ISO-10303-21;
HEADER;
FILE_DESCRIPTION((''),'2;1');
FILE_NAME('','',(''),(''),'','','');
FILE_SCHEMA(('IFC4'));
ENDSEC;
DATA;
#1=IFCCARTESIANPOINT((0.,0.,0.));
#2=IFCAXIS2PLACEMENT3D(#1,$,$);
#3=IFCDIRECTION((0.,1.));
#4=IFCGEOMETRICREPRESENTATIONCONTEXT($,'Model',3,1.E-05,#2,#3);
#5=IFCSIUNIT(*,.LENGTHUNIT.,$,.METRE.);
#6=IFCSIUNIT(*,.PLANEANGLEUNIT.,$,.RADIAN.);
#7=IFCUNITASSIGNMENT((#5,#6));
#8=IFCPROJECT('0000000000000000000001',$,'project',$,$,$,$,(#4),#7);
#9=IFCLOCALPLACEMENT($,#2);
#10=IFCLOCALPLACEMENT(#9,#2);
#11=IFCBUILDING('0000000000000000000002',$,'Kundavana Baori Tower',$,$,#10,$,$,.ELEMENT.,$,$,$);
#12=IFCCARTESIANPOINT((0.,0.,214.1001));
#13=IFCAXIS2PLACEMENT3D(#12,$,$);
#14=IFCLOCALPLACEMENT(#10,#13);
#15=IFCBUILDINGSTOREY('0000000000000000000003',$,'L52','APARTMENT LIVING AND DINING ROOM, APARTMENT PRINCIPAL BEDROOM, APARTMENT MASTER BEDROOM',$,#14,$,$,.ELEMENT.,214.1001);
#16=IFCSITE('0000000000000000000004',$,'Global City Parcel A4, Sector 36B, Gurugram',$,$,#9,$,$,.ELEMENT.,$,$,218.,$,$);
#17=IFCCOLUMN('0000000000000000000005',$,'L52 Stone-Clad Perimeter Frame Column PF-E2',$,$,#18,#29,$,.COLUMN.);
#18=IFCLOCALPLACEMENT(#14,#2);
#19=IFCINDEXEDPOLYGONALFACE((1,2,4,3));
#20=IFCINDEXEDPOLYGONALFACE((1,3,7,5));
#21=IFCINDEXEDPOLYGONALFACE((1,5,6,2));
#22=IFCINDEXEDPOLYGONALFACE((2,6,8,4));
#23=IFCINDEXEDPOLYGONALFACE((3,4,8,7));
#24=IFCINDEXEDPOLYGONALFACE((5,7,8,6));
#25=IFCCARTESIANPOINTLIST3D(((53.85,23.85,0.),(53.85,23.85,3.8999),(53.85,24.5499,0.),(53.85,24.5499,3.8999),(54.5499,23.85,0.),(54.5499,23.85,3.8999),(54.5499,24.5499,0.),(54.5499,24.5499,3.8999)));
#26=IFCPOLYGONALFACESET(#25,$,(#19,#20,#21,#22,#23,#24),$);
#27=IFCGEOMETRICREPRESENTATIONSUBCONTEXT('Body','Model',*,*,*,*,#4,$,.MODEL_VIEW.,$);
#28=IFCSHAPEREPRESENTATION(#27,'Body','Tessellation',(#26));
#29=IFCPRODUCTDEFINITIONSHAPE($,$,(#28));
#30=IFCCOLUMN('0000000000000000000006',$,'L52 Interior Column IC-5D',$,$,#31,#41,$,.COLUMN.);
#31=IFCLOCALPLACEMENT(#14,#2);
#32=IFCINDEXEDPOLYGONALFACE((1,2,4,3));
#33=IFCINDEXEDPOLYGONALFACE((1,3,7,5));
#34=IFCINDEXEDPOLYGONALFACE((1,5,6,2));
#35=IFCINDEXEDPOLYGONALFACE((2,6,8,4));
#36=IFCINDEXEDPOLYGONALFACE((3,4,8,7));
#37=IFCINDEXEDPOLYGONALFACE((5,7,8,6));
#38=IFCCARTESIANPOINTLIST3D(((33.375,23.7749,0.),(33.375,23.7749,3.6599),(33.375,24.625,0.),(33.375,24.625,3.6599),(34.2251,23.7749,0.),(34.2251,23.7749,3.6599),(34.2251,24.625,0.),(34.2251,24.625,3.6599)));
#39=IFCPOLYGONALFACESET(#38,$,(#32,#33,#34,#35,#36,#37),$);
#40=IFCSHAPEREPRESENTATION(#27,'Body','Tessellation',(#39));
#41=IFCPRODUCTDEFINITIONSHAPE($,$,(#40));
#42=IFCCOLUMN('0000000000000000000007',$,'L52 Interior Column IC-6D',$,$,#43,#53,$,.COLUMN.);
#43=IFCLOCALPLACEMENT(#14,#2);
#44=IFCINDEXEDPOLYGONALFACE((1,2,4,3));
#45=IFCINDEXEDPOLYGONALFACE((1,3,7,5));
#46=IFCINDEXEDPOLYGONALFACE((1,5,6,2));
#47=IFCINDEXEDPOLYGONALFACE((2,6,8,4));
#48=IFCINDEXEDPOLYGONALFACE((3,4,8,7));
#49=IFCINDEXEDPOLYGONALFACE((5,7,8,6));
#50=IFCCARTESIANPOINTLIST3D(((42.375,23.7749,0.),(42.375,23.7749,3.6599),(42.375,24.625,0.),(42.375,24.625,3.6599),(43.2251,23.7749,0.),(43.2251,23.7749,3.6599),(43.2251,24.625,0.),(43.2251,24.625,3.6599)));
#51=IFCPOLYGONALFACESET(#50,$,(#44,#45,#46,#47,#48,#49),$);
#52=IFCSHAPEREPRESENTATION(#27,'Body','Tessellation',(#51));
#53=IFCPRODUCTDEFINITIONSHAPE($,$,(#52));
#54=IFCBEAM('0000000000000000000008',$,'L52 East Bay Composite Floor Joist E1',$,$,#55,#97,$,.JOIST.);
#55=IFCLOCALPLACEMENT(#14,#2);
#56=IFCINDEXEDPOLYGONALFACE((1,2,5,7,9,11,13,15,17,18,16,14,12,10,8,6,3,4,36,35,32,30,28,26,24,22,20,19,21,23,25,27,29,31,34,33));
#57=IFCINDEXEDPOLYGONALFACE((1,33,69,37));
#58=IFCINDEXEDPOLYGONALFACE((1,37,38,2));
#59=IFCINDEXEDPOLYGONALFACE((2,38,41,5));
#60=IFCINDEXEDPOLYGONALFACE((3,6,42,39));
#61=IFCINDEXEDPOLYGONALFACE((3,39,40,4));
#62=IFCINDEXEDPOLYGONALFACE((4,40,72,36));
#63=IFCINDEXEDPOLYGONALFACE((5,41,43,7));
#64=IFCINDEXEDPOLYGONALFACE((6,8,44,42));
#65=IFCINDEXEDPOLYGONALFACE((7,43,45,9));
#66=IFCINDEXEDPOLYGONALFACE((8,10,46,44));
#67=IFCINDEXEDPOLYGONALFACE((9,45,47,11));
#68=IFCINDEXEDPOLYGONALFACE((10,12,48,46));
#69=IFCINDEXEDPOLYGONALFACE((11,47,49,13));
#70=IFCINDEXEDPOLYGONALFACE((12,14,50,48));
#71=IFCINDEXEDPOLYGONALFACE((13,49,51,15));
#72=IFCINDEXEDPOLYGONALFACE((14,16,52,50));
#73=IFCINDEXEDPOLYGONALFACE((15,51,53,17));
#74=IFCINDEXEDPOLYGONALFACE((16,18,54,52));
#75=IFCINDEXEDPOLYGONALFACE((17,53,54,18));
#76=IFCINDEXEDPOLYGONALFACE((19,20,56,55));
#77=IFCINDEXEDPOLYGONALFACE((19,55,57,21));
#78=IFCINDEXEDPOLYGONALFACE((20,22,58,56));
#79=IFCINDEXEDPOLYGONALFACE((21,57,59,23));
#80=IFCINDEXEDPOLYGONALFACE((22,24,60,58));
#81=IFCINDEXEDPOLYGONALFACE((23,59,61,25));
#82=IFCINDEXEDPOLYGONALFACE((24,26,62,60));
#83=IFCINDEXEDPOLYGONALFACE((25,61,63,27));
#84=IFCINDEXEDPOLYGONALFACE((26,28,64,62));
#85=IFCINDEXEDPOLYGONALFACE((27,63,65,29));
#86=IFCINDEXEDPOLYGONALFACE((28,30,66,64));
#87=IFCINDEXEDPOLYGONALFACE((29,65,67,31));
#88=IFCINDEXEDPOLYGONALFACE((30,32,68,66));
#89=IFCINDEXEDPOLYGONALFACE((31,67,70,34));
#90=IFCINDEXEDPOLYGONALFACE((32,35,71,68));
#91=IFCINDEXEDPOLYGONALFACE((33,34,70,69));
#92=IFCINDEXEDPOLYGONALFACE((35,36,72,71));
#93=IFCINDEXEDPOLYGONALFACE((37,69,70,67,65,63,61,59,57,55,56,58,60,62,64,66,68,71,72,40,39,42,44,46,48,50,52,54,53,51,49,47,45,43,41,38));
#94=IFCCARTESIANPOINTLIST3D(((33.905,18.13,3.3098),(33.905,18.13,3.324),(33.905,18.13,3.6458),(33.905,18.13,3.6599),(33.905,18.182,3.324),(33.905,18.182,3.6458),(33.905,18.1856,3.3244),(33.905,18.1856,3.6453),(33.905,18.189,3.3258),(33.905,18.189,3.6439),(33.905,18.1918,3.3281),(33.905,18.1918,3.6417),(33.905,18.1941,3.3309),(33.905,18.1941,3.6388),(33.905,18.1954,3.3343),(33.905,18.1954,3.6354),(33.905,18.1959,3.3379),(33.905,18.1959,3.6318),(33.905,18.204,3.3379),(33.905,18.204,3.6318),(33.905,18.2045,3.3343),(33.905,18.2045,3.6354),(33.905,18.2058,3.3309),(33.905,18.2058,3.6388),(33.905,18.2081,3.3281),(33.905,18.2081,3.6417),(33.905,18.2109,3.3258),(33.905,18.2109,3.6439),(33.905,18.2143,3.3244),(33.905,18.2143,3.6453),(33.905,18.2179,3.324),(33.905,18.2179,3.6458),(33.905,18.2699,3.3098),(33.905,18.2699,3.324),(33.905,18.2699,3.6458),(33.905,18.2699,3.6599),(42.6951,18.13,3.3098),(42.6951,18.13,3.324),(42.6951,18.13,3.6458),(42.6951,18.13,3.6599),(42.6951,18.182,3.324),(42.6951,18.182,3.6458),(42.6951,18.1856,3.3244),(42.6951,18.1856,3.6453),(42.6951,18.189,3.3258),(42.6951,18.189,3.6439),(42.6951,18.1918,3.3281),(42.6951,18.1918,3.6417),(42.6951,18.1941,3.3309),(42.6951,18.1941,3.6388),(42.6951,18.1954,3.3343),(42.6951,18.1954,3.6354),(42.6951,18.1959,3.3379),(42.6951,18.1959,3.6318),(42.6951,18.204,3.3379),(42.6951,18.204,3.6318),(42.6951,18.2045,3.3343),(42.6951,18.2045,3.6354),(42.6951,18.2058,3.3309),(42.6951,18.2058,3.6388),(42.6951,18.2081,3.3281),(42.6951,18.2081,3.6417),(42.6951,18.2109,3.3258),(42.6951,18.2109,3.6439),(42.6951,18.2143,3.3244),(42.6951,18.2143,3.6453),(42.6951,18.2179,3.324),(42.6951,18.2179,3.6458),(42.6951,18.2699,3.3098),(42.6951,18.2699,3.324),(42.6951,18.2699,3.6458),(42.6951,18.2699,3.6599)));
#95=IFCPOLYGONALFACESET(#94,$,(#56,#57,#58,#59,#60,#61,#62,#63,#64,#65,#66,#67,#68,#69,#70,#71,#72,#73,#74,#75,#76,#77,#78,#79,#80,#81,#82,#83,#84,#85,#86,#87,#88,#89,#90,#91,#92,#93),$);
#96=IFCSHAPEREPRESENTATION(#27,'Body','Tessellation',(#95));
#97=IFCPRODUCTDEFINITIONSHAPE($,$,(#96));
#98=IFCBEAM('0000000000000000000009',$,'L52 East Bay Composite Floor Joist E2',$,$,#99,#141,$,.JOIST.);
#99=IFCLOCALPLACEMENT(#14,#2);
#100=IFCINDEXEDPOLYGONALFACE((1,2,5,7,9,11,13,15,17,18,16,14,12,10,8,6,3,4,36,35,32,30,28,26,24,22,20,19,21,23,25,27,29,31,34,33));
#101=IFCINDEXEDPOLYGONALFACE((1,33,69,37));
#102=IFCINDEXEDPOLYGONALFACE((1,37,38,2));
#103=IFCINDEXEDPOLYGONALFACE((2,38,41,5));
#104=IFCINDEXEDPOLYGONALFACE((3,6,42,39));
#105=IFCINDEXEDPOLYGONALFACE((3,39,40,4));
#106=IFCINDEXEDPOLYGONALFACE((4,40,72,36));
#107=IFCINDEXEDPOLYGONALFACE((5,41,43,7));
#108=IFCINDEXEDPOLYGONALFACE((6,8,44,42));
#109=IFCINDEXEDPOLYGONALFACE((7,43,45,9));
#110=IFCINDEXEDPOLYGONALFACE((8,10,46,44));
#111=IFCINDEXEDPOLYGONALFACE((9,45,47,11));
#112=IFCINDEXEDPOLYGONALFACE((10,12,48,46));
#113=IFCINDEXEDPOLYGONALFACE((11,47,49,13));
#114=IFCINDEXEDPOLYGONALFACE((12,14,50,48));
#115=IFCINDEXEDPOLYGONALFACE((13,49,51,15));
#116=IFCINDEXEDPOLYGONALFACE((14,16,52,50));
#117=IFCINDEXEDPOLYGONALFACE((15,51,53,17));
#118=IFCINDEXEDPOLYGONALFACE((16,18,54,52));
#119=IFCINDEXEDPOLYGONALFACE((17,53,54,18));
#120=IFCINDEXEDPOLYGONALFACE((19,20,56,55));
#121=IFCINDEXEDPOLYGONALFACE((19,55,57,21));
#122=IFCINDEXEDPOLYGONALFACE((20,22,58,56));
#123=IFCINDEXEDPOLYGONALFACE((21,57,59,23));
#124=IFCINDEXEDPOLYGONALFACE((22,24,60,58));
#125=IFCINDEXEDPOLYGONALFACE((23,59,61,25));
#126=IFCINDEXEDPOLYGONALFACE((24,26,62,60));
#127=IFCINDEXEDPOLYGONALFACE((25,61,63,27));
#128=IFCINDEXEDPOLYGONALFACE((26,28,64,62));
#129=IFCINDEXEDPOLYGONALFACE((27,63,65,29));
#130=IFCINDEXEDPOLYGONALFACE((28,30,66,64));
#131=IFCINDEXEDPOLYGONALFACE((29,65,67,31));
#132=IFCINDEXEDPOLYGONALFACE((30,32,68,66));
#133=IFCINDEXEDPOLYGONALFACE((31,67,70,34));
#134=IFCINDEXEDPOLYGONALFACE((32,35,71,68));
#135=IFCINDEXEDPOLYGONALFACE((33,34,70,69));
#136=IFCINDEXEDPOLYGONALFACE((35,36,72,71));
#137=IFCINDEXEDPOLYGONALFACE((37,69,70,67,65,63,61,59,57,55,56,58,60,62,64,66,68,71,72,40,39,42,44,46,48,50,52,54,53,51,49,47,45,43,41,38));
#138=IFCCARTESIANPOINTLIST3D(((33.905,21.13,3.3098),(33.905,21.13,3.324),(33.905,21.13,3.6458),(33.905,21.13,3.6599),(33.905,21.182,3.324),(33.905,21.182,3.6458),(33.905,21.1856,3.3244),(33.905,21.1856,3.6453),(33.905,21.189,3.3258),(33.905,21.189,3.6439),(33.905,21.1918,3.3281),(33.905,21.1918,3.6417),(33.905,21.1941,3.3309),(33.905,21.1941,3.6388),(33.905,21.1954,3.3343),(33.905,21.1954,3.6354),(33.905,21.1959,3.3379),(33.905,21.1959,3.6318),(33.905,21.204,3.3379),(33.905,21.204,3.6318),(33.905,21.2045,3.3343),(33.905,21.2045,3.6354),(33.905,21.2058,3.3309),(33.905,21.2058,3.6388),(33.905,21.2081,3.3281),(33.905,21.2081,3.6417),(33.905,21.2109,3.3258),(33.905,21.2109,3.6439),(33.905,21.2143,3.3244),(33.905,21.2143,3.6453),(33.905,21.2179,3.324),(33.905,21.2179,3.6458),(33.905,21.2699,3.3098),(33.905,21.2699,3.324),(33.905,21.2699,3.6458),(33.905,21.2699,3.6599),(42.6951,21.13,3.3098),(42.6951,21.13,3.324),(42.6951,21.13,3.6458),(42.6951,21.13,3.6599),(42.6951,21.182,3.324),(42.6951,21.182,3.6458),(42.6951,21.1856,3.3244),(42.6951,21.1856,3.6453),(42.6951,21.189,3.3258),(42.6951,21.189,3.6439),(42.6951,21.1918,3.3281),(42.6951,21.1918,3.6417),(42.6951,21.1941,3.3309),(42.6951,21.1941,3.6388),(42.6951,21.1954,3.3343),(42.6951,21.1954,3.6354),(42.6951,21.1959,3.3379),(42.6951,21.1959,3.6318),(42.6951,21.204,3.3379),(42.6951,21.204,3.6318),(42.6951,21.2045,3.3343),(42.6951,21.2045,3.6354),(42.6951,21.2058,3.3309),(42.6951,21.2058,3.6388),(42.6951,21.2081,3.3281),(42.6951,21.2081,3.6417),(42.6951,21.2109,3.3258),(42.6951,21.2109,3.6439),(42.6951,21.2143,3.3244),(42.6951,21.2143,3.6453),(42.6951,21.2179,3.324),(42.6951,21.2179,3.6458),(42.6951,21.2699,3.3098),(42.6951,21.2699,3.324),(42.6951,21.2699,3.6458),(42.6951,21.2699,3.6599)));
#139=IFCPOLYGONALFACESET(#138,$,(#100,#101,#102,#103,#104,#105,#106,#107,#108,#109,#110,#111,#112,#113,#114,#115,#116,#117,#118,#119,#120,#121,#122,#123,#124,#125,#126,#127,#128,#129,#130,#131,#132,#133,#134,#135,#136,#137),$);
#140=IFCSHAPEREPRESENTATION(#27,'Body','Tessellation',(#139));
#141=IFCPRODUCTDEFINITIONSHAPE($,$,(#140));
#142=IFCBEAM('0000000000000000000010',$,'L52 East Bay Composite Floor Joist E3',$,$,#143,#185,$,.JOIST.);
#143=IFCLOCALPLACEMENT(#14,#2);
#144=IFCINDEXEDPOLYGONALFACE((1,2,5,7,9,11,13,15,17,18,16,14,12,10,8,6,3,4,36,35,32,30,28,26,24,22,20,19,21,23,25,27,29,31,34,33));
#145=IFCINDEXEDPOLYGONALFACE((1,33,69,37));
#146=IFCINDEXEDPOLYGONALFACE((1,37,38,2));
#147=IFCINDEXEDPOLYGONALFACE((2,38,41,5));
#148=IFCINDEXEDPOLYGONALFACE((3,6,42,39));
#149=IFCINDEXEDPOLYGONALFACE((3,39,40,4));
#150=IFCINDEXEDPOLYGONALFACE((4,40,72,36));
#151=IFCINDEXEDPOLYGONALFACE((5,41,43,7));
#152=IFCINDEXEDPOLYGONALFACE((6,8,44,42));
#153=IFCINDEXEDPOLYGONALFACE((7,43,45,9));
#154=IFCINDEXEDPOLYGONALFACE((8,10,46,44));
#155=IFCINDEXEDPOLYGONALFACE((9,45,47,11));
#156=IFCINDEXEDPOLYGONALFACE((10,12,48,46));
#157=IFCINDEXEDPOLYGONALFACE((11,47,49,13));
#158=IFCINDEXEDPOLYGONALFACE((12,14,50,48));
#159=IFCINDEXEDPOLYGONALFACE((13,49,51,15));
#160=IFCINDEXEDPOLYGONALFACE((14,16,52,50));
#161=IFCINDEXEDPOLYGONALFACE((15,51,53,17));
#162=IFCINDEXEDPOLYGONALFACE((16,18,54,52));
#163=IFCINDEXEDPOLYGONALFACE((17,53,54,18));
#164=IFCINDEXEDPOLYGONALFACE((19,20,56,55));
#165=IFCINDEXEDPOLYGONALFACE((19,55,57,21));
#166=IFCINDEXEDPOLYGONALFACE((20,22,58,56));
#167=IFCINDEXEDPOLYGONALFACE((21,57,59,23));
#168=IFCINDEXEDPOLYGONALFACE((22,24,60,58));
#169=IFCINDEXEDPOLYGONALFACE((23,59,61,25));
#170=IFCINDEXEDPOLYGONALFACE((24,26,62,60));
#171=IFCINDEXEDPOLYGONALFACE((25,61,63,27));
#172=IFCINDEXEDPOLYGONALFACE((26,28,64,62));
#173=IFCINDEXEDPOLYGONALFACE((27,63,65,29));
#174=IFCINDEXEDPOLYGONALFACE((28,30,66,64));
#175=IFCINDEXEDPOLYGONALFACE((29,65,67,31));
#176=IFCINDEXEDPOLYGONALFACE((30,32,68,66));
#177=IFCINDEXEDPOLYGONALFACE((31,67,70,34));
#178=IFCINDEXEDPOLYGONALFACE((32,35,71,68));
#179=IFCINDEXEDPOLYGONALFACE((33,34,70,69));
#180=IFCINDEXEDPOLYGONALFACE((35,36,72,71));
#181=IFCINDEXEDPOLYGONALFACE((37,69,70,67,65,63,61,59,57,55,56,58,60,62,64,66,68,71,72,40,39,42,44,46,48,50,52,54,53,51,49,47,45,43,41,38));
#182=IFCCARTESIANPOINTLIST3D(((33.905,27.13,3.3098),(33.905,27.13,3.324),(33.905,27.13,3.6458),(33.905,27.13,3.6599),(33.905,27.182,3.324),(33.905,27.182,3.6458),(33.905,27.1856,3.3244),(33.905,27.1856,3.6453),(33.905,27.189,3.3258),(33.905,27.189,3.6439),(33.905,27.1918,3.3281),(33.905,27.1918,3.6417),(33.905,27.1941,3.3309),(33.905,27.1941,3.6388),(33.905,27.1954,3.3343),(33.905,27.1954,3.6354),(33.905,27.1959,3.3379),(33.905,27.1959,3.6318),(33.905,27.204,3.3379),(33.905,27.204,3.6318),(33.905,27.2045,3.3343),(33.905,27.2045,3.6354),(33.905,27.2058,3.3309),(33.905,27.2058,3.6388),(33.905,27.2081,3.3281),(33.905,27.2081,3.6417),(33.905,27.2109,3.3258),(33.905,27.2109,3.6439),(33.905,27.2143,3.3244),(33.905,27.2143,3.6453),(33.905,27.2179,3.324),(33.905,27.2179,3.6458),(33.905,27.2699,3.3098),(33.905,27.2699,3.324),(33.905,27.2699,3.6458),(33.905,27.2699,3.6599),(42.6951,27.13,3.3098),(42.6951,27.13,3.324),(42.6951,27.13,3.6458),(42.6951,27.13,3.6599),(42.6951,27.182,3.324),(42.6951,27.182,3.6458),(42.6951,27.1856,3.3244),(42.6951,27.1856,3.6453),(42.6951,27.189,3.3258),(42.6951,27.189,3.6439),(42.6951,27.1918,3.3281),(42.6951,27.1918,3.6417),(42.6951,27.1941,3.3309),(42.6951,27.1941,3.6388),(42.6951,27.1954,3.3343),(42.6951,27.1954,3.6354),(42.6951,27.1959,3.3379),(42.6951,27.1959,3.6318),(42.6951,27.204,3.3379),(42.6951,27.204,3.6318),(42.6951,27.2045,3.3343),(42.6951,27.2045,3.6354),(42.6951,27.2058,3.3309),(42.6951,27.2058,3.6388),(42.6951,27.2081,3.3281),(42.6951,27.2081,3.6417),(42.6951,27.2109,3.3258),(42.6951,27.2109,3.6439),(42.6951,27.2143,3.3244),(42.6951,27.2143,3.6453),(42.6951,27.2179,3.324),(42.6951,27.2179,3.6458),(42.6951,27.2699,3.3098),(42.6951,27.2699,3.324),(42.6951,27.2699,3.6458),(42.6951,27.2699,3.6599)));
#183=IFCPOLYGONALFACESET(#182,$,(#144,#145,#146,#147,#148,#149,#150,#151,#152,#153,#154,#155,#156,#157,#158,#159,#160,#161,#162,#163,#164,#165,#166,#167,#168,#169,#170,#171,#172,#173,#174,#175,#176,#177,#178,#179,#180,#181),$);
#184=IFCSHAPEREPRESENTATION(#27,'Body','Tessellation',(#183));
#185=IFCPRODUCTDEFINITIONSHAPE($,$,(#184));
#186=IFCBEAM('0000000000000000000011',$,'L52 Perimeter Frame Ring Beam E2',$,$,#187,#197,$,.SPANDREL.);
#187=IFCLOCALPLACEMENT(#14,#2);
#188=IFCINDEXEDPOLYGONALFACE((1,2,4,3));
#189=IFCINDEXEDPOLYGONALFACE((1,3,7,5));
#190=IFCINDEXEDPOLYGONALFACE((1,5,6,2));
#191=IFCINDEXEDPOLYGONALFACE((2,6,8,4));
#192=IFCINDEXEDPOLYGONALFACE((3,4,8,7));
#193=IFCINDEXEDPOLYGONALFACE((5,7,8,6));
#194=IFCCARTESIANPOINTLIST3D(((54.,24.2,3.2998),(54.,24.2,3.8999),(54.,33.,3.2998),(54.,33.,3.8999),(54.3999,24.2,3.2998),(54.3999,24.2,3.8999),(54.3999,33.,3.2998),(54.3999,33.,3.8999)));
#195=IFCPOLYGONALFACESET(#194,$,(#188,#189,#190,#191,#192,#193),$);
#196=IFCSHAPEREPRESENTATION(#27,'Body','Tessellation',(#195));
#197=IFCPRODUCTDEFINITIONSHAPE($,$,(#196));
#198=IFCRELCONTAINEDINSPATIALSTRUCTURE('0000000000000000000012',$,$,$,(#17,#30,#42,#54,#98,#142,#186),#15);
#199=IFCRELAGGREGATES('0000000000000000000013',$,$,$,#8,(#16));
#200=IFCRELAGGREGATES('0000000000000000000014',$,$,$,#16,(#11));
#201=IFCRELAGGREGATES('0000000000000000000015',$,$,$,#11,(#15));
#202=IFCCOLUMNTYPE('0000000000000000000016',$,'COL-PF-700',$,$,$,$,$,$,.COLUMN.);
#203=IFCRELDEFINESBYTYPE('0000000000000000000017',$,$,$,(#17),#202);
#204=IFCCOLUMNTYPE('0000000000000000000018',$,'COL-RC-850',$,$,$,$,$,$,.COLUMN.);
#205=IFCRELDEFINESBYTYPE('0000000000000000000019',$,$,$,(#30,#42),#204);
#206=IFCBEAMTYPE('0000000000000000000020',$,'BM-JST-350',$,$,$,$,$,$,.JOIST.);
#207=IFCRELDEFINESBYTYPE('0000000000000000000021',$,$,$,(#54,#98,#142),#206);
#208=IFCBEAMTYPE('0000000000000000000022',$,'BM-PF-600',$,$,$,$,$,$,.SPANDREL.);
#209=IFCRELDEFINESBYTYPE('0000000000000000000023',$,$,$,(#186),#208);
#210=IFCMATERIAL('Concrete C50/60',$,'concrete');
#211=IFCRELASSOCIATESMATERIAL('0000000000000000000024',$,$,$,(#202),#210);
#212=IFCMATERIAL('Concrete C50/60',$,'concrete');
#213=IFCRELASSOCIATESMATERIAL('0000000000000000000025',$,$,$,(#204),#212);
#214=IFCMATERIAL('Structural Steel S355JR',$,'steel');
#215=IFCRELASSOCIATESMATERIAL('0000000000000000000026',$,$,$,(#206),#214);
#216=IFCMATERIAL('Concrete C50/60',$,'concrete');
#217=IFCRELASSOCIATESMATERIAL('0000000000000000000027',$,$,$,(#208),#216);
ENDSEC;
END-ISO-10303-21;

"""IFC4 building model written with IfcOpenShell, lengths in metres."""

from ifc_helpers import new_model, si_unit, direction, frame, origin, origin_2d, place, context, subcontext, project, spatial, rectangle, i_section, extrude, material, material_profile, profile_set, type_object, element, save


model = new_model("IFC4")

# Units and contexts
model_context = context("Model", 3, precision=1e-05, world=origin(), true_north=direction((0.0, 1.0)))
body_context = subcontext(model_context, "Body", "Model", "MODEL_VIEW")
ifc_project = project(units=[si_unit("LENGTHUNIT", "METRE"), si_unit("PLANEANGLEUNIT", "RADIAN")], contexts=[model_context])

# Site, building, storey
site_placement = place(None, origin())
site = spatial("IfcSite", under=ifc_project, at=site_placement, Name="Global City Parcel A4, Sector 36B, Gurugram", CompositionType="ELEMENT", RefElevation=218.0)
building_placement = place(site_placement, origin())
building = spatial("IfcBuilding", under=site, at=building_placement, Name="Kundavana Baori Tower", CompositionType="ELEMENT")
storey_placement = place(building_placement, frame((0.0, 0.0, 214.1001)))
storey = spatial("IfcBuildingStorey", under=building, at=storey_placement, Name="L52", Description="APARTMENT LIVING AND DINING ROOM, APARTMENT PRINCIPAL BEDROOM, APARTMENT MASTER BEDROOM", CompositionType="ELEMENT", Elevation=214.1001)

# Columns
ifc_material_1 = material(Name="Concrete C50/60", Category="concrete")
ifc_material_profile_1 = material_profile(ifc_material_1, rectangle(XDim=0.7, YDim=0.7, at=origin_2d()), Name="RC PF 700x700")
ifc_profile_set_1 = profile_set([ifc_material_profile_1], Name="Concrete C50/60")
column_type_1 = type_object("IfcColumnType", Name="COL-PF-700", PredefinedType="COLUMN", material=ifc_profile_set_1)
column_placement = place(storey_placement, frame((54.2, 24.2, 0.0), z_axis=(0.0, 0.0, 1.0), x_axis=(1.0, 0.0, 0.0)))
element("IfcColumn", 1, at=column_placement, inside=storey, type_object=column_type_1, Name="L52 Stone-Clad Perimeter Frame Column PF-E2", PredefinedType="COLUMN", context=body_context, shape_type="SweptSolid", body=[
    extrude(rectangle(XDim=0.7, YDim=0.7, at=origin_2d()), origin(), (0.0, 0.0, 1.0), 3.8999),
])
ifc_material_2 = material(Name="Concrete C50/60", Category="concrete")
ifc_material_profile_2 = material_profile(ifc_material_2, rectangle(XDim=0.8501, YDim=0.8501, at=origin_2d()), Name="RC 850x850")
ifc_profile_set_2 = profile_set([ifc_material_profile_2], Name="Concrete C50/60")
column_type_2 = type_object("IfcColumnType", Name="COL-RC-850", PredefinedType="COLUMN", material=ifc_profile_set_2)
for number, where, z_axis, x_axis, name in (
    (2, (33.8, 24.2, 0.0), (0.0, 0.0, 1.0), (1.0, 0.0, 0.0), "L52 Interior Column IC-5D"),
    (3, (42.8, 24.2, 0.0), (0.0, 0.0, 1.0), (1.0, 0.0, 0.0), "L52 Interior Column IC-6D"),
):
    element("IfcColumn", number, at=place(storey_placement, frame(where, z_axis=z_axis, x_axis=x_axis)), inside=storey, type_object=column_type_2, Name=name, PredefinedType="COLUMN", context=body_context, shape_type="SweptSolid", body=[
        extrude(rectangle(XDim=0.8501, YDim=0.8501, at=origin_2d()), origin(), (0.0, 0.0, 1.0), 3.6599),
    ])

# Beams
ifc_material_3 = material(Name="Structural Steel S355JR", Category="steel")
ifc_material_profile_3 = material_profile(ifc_material_3, i_section(OverallWidth=0.1399, OverallDepth=0.3501, WebThickness=0.0081, FlangeThickness=0.0142, FilletRadius=0.0139, at=origin_2d()), Name="ISMB 350")
ifc_profile_set_3 = profile_set([ifc_material_profile_3], Name="Structural Steel S355JR")
beam_type_1 = type_object("IfcBeamType", Name="BM-JST-350", PredefinedType="JOIST", material=ifc_profile_set_3)
for number, where, z_axis, x_axis, name in (
    (4, (33.905, 18.2, 3.4849), (1.0, 0.0, 0.0), (0.0, 1.0, 0.0), "L52 East Bay Composite Floor Joist E1"),
    (5, (33.905, 21.2, 3.4849), (1.0, 0.0, 0.0), (0.0, 1.0, 0.0), "L52 East Bay Composite Floor Joist E2"),
    (6, (33.905, 27.2, 3.4849), (1.0, 0.0, 0.0), (0.0, 1.0, 0.0), "L52 East Bay Composite Floor Joist E3"),
):
    element("IfcBeam", number, at=place(storey_placement, frame(where, z_axis=z_axis, x_axis=x_axis)), inside=storey, type_object=beam_type_1, Name=name, PredefinedType="JOIST", context=body_context, shape_type="SweptSolid", body=[
        extrude(i_section(OverallWidth=0.1399, OverallDepth=0.3501, WebThickness=0.0081, FlangeThickness=0.0142, FilletRadius=0.0139, at=origin_2d()), origin(), (0.0, 0.0, 1.0), 8.79),
    ])
ifc_material_4 = material(Name="Concrete C50/60", Category="concrete")
ifc_material_profile_4 = material_profile(ifc_material_4, rectangle(XDim=0.3999, YDim=0.6001, at=origin_2d()), Name="RC BM 400x600")
ifc_profile_set_4 = profile_set([ifc_material_profile_4], Name="Concrete C50/60")
beam_type_2 = type_object("IfcBeamType", Name="BM-PF-600", PredefinedType="SPANDREL", material=ifc_profile_set_4)
beam_1_placement = place(storey_placement, frame((54.2, 24.2, 3.5999), z_axis=(0.0, 1.0, 0.0), x_axis=(-1.0, 0.0, 0.0)))
element("IfcBeam", 7, at=beam_1_placement, inside=storey, type_object=beam_type_2, Name="L52 Perimeter Frame Ring Beam E2", PredefinedType="SPANDREL", context=body_context, shape_type="SweptSolid", body=[
    extrude(rectangle(XDim=0.3999, YDim=0.6001, at=origin_2d()), origin(), (0.0, 0.0, 1.0), 8.8),
])

save(model, "model.ifc")
